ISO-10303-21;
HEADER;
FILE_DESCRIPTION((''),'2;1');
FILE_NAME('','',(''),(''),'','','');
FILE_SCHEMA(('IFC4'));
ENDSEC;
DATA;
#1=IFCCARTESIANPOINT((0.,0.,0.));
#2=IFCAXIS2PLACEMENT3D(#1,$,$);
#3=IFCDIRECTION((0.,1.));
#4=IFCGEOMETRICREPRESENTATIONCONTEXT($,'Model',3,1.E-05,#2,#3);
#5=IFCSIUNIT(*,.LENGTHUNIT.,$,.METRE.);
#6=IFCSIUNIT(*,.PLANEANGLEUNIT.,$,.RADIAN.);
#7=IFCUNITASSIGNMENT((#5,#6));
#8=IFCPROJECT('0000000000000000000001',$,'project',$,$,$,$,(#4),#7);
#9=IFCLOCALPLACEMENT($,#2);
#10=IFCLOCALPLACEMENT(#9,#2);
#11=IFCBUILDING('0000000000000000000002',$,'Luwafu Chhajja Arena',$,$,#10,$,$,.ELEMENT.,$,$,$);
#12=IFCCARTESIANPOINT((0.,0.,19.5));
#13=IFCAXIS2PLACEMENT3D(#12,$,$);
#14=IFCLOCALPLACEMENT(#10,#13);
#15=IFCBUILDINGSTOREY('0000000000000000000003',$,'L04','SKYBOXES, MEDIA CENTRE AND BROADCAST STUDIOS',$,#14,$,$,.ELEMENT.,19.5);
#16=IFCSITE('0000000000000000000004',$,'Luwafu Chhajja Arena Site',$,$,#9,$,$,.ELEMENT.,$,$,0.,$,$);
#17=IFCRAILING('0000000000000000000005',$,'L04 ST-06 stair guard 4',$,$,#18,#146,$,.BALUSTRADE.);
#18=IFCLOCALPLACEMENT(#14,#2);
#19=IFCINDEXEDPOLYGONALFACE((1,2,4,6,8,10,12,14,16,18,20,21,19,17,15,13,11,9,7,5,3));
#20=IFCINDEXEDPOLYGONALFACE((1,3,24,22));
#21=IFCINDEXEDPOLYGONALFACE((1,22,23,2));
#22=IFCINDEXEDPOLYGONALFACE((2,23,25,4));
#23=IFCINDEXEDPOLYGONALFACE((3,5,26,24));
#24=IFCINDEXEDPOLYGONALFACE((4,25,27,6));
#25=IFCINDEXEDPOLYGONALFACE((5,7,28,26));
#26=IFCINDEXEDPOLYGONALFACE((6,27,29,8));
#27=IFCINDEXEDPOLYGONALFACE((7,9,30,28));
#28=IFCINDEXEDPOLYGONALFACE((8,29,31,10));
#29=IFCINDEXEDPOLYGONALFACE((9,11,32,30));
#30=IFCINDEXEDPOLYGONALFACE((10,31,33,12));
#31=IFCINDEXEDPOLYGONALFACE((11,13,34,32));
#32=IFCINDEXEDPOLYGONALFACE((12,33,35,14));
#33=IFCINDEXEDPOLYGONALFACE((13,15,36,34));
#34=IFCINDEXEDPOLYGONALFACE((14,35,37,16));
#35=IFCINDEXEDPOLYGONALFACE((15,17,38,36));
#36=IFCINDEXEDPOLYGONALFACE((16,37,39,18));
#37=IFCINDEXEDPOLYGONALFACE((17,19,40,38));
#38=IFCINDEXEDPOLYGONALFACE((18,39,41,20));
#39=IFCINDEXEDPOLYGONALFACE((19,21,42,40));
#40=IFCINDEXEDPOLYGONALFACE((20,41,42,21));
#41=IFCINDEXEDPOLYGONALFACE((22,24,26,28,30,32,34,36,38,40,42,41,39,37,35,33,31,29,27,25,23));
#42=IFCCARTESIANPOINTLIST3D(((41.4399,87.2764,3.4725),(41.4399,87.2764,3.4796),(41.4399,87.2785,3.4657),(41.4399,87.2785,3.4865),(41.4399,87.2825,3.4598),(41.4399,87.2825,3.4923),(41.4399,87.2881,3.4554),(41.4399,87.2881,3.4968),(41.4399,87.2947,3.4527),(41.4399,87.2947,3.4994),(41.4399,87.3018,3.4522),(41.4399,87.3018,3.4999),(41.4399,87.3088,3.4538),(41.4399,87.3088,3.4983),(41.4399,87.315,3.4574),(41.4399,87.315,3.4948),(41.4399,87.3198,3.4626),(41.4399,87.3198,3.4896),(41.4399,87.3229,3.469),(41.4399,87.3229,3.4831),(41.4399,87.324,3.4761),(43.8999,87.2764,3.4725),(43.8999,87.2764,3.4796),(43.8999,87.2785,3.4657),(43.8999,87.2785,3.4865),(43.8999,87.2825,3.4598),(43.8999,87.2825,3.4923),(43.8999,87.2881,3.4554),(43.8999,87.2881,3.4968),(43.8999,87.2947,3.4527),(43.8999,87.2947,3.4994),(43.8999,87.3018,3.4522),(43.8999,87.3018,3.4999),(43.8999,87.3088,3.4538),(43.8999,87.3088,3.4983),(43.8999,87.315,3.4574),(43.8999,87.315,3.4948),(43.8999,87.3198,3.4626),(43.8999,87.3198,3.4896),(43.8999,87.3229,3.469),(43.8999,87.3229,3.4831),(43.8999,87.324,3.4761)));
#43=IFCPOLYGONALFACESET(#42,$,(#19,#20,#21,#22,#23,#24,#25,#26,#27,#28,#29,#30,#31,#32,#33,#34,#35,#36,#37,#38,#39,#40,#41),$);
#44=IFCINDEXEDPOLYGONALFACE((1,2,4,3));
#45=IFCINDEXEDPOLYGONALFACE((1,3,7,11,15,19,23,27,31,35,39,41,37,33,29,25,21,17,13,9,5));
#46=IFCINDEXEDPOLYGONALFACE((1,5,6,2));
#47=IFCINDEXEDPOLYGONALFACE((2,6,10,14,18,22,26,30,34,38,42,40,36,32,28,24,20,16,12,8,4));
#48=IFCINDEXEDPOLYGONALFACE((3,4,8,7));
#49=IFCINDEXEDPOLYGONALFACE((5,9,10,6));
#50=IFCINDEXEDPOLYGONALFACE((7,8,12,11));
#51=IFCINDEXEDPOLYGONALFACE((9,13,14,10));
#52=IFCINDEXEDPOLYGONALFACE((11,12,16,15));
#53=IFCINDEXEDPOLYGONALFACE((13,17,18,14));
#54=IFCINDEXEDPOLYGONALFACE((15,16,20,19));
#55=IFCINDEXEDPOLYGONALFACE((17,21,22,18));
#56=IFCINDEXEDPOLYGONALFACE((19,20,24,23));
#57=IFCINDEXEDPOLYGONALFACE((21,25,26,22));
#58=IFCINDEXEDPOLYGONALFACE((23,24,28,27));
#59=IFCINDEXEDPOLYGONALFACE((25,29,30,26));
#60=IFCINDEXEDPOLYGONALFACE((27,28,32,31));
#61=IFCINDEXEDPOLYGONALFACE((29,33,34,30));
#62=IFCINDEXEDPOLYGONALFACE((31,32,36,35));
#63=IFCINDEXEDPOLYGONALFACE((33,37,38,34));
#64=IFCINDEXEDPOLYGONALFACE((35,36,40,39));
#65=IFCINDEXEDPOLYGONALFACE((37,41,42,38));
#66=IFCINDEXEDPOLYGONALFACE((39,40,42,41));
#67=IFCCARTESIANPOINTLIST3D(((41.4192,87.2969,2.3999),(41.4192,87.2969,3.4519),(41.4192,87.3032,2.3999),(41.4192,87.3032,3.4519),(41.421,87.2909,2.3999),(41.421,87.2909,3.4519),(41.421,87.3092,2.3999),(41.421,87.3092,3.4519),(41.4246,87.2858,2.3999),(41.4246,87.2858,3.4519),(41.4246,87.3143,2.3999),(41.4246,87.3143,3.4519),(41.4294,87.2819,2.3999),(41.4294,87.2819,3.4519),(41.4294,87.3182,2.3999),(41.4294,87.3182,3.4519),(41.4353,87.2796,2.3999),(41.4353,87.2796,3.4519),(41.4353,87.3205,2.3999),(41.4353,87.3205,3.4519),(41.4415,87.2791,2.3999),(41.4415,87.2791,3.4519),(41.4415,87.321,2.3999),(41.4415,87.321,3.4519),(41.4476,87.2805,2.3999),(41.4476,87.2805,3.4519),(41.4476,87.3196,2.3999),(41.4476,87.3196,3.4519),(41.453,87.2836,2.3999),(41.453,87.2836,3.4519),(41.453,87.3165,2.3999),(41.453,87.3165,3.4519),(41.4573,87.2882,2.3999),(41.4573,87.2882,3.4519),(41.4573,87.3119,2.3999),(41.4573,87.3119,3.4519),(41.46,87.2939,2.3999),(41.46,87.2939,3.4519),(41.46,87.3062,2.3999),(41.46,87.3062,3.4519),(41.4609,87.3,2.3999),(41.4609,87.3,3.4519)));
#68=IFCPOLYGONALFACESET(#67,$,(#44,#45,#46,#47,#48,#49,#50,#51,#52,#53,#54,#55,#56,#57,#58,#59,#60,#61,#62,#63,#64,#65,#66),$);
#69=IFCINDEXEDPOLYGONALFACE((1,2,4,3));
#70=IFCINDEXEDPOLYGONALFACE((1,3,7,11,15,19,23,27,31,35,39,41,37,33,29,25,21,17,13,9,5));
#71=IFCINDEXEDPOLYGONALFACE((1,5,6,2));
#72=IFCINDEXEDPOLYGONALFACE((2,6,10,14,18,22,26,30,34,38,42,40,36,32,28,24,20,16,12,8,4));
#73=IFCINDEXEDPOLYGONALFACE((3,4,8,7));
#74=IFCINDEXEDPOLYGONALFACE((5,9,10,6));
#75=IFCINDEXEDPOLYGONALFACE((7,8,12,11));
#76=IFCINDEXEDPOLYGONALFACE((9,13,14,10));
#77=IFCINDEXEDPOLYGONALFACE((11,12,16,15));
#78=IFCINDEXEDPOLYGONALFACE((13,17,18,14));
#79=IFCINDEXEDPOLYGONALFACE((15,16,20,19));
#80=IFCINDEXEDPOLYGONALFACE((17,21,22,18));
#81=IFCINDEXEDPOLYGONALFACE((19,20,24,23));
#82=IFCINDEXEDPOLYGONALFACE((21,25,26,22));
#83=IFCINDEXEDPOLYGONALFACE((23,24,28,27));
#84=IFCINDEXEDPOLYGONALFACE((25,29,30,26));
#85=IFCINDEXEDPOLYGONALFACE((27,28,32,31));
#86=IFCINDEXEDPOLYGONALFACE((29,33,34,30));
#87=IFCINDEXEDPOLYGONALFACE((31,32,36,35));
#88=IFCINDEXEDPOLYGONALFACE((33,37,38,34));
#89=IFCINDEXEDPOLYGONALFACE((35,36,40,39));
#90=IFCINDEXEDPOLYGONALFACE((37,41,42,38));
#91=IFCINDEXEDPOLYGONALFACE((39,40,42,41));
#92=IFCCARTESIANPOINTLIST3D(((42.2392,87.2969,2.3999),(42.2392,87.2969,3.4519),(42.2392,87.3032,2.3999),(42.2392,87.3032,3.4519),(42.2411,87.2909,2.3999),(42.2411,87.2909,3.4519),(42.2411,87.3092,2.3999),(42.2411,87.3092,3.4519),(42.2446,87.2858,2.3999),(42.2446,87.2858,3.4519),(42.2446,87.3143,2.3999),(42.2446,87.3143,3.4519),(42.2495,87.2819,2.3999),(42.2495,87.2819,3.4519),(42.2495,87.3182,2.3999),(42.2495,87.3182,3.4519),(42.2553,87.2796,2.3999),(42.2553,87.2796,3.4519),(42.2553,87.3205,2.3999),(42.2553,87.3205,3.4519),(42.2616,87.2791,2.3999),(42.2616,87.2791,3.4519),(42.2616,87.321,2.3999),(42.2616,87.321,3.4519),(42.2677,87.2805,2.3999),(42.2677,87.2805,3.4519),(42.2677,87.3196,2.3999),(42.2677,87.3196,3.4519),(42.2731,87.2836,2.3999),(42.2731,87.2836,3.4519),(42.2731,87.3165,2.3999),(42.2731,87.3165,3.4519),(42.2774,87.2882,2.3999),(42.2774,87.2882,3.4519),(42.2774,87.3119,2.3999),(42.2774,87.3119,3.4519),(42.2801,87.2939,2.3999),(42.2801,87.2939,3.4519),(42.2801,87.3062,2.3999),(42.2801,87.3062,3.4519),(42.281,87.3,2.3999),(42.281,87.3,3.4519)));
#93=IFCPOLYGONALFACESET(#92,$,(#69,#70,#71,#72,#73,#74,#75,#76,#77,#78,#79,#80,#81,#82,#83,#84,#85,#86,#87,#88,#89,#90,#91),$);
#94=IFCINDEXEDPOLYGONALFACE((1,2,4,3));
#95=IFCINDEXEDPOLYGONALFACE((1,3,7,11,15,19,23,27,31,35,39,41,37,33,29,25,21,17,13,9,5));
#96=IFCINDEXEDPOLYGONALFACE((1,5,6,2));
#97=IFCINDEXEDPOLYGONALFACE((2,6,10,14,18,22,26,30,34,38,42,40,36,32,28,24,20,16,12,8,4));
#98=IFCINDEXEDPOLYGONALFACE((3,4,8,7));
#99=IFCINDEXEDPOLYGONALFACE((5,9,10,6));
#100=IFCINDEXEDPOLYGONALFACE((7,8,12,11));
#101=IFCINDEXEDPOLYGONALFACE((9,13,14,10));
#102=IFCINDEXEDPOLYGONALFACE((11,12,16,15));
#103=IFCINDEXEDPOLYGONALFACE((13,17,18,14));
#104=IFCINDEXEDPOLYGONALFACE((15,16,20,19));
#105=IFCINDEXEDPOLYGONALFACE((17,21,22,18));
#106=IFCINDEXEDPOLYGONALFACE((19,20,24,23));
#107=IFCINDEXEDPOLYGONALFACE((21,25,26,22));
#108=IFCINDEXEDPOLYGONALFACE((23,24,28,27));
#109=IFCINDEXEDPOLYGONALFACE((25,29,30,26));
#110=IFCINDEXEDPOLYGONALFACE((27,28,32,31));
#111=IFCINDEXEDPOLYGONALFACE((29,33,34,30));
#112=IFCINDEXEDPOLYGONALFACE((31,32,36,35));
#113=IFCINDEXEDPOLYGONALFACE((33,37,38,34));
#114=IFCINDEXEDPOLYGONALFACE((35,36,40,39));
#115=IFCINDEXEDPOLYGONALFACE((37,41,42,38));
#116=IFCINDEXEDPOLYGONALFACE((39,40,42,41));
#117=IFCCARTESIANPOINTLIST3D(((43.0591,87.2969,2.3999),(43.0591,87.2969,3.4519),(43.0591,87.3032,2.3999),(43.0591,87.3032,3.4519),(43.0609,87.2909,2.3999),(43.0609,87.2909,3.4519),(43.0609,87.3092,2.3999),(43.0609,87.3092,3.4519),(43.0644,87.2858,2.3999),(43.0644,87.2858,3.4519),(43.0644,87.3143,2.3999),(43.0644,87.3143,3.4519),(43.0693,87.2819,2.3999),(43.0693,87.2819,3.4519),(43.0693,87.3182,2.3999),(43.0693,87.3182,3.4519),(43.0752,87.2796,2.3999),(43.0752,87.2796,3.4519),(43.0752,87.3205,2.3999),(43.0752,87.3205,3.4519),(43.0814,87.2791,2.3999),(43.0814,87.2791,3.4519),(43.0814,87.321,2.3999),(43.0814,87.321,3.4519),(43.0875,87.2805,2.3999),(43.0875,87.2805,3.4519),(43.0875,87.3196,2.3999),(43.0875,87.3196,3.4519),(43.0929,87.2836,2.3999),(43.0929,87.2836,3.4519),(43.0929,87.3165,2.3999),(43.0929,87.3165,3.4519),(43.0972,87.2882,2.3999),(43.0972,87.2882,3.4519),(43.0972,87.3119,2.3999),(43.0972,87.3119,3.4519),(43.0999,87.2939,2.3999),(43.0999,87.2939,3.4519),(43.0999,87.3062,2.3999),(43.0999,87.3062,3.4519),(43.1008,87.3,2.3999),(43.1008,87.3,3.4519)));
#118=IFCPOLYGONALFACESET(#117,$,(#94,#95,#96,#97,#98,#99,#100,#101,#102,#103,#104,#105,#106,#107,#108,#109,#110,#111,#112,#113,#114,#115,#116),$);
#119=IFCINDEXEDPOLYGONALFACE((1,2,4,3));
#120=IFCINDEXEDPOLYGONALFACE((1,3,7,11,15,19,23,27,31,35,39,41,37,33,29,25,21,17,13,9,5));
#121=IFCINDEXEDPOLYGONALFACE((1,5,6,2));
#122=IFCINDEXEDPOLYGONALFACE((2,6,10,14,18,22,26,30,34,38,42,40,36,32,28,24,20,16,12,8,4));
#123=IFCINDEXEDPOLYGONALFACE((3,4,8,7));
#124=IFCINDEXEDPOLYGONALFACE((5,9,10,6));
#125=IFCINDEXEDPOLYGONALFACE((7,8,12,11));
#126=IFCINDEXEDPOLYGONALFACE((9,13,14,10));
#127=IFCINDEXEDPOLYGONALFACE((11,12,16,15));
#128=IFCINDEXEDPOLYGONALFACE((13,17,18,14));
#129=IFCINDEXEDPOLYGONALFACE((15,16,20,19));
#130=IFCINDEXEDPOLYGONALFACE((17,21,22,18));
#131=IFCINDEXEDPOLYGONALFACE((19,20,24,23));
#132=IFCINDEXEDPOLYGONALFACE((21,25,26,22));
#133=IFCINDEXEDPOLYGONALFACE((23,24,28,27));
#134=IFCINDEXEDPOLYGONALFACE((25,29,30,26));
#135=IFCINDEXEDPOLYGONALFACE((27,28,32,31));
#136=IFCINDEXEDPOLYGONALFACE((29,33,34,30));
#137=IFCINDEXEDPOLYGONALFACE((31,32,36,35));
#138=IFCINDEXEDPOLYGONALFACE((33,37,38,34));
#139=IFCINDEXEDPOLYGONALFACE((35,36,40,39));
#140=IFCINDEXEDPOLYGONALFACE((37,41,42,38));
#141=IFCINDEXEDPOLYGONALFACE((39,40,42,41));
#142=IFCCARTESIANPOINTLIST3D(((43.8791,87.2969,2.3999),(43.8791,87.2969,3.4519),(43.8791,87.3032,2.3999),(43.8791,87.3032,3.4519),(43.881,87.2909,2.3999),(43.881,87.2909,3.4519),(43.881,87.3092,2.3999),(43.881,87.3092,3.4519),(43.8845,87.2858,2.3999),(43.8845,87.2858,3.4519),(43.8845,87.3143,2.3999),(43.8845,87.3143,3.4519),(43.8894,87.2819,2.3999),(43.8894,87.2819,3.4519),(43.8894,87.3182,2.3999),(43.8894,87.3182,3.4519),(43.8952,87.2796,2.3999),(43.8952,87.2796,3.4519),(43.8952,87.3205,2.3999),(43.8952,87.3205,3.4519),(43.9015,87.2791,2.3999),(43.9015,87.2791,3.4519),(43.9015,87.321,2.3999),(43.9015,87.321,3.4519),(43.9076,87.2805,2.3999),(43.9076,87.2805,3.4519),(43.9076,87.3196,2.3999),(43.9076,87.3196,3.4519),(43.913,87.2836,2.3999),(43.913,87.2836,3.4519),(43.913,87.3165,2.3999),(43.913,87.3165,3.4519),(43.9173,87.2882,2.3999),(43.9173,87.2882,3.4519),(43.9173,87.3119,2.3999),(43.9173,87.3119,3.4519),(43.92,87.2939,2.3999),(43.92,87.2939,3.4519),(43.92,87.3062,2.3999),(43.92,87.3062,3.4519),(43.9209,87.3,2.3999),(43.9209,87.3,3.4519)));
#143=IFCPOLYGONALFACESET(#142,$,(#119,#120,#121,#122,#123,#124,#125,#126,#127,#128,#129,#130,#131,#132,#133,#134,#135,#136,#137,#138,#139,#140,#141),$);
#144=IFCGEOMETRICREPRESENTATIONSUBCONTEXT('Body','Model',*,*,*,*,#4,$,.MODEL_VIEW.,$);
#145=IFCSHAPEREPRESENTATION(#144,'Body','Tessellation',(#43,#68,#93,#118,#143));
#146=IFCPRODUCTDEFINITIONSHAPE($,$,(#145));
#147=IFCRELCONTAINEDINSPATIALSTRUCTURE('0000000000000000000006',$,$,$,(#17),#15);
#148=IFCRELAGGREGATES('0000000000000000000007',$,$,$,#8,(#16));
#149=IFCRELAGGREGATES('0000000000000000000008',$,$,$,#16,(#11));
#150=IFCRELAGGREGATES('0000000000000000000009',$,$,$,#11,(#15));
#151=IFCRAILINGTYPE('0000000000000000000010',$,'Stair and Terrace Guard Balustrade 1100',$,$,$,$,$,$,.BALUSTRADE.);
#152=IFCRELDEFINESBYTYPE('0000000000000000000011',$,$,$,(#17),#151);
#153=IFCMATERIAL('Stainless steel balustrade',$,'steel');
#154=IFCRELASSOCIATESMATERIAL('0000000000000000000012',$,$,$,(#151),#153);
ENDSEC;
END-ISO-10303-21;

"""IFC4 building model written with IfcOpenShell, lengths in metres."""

from ifc_helpers import new_model, si_unit, direction, frame, origin, origin_2d, place, context, subcontext, project, spatial, circle, extrude, material, type_object, element, save


model = new_model("IFC4")

# Units and contexts
model_context = context("Model", 3, precision=1e-05, world=origin(), true_north=direction((0.0, 1.0)))
body_context = subcontext(model_context, "Body", "Model", "MODEL_VIEW")
ifc_project = project(units=[si_unit("LENGTHUNIT", "METRE"), si_unit("PLANEANGLEUNIT", "RADIAN")], contexts=[model_context])

# Site, building, storey
site_placement = place(None, origin())
site = spatial("IfcSite", under=ifc_project, at=site_placement, Name="Luwafu Chhajja Arena Site", CompositionType="ELEMENT", RefElevation=0.0)
building_placement = place(site_placement, origin())
building = spatial("IfcBuilding", under=site, at=building_placement, Name="Luwafu Chhajja Arena", CompositionType="ELEMENT")
storey_placement = place(building_placement, frame((0.0, 0.0, 19.5)))
storey = spatial("IfcBuildingStorey", under=building, at=storey_placement, Name="L04", Description="SKYBOXES, MEDIA CENTRE AND BROADCAST STUDIOS", CompositionType="ELEMENT", Elevation=19.5)

# Railing
ifc_material_1 = material(Name="Stainless steel balustrade", Category="steel")
railing_type_1 = type_object("IfcRailingType", Name="Stair and Terrace Guard Balustrade 1100", PredefinedType="BALUSTRADE", material=ifc_material_1)
for number, where, name in (
    (1, (41.4399, 87.3, 2.3999), "L04 ST-06 stair guard 4"),
):
    element("IfcRailing", number, at=place(storey_placement, frame(where)), inside=storey, type_object=railing_type_1, Name=name, PredefinedType="BALUSTRADE", context=body_context, shape_type="SweptSolid", body=[
        extrude(circle(Radius=0.0239, at=origin_2d()), frame((0.0, 0.0, 1.0762), z_axis=(1.0, 0.0, 0.0), x_axis=(0.0, 1.0, 0.0)), (0.0, 0.0, 1.0), 2.46),
        extrude(circle(Radius=0.021, at=origin_2d()), origin(), (0.0, 0.0, 1.0), 1.052),
        extrude(circle(Radius=0.021, at=origin_2d()), frame((0.8201, 0.0, 0.0)), (0.0, 0.0, 1.0), 1.052),
        extrude(circle(Radius=0.021, at=origin_2d()), frame((1.6399, 0.0, 0.0)), (0.0, 0.0, 1.0), 1.052),
        extrude(circle(Radius=0.021, at=origin_2d()), frame((2.46, 0.0, 0.0)), (0.0, 0.0, 1.0), 1.052),
    ])

save(model, "model.ifc")
